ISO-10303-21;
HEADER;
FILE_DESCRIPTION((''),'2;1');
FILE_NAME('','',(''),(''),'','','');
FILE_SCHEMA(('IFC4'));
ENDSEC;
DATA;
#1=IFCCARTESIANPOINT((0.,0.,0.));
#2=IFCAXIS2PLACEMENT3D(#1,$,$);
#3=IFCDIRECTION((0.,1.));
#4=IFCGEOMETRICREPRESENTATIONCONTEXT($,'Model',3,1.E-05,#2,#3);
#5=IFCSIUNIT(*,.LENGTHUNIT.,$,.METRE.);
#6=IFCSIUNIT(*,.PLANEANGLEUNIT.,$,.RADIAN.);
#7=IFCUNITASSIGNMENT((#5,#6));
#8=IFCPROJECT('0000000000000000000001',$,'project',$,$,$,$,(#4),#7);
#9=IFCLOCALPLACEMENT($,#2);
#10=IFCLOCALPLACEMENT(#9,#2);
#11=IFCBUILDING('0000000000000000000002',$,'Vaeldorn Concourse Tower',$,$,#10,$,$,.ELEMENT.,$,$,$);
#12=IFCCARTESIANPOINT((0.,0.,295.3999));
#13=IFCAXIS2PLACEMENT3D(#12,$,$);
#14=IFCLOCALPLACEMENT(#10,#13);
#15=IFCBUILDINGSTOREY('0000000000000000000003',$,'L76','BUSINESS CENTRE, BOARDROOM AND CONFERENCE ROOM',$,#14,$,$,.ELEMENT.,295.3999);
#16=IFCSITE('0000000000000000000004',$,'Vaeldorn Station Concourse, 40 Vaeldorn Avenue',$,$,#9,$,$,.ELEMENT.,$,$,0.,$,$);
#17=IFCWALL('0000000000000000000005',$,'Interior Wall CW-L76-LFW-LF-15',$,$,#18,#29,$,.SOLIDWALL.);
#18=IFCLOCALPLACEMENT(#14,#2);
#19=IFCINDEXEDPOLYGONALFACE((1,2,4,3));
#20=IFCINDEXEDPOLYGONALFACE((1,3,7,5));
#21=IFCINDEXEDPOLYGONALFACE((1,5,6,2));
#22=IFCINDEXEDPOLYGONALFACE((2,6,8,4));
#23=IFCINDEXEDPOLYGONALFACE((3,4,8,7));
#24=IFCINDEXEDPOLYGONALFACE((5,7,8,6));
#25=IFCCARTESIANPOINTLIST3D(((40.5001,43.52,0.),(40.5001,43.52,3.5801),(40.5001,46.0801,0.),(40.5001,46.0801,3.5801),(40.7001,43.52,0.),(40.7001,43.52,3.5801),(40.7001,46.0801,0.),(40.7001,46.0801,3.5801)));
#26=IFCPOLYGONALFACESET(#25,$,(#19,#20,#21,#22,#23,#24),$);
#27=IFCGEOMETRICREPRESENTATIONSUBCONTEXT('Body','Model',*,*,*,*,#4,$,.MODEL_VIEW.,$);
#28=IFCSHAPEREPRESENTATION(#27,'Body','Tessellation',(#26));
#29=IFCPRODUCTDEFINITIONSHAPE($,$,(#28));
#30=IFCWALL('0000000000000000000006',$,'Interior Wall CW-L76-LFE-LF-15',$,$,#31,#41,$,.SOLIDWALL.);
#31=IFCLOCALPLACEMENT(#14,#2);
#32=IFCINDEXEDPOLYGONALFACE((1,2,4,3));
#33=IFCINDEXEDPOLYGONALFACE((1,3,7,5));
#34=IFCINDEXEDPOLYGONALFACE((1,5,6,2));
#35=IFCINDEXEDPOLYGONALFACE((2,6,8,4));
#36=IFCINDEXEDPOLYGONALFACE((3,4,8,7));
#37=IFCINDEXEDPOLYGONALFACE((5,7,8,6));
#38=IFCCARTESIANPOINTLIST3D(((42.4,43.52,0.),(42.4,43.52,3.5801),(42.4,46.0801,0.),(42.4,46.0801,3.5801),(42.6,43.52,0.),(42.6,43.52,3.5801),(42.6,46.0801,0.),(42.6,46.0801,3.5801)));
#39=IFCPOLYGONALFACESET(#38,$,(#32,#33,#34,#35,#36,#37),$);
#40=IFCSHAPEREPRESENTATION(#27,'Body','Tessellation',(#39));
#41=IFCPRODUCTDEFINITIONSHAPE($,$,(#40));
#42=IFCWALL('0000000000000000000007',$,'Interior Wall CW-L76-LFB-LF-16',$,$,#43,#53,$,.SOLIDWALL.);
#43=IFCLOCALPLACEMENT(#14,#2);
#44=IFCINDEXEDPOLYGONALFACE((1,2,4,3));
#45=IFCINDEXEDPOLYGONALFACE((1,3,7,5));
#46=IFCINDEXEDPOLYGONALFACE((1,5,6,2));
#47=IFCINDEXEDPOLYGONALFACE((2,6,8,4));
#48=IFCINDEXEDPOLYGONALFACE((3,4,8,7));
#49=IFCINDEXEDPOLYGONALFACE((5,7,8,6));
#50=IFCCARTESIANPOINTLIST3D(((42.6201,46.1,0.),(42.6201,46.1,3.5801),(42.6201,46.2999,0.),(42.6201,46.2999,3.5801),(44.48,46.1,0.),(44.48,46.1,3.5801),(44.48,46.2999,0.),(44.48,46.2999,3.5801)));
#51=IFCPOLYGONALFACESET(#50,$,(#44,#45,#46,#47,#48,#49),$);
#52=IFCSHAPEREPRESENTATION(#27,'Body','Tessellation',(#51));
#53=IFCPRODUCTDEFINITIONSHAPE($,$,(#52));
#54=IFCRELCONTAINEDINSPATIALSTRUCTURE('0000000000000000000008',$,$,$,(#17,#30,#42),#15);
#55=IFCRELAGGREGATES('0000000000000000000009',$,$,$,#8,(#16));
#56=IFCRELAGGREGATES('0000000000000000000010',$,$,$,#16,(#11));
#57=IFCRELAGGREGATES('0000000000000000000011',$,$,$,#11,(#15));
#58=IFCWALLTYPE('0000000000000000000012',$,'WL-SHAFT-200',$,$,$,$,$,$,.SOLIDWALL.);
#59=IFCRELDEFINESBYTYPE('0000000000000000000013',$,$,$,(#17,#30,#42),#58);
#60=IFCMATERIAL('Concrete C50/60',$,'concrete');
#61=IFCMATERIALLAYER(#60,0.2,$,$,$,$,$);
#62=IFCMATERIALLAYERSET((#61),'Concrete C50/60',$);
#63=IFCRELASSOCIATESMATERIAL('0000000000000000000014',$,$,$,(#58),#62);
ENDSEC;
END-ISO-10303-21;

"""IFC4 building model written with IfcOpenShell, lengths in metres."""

from ifc_helpers import new_model, si_unit, direction, frame, frame_2d, origin, place, context, subcontext, project, spatial, rectangle, extrude, material, layer, layer_set, type_object, element, save


model = new_model("IFC4")

# Units and contexts
model_context = context("Model", 3, precision=1e-05, world=origin(), true_north=direction((0.0, 1.0)))
body_context = subcontext(model_context, "Body", "Model", "MODEL_VIEW")
ifc_project = project(units=[si_unit("LENGTHUNIT", "METRE"), si_unit("PLANEANGLEUNIT", "RADIAN")], contexts=[model_context])

# Site, building, storey
site_placement = place(None, origin())
site = spatial("IfcSite", under=ifc_project, at=site_placement, Name="Vaeldorn Station Concourse, 40 Vaeldorn Avenue", CompositionType="ELEMENT", RefElevation=0.0)
building_placement = place(site_placement, origin())
building = spatial("IfcBuilding", under=site, at=building_placement, Name="Vaeldorn Concourse Tower", CompositionType="ELEMENT")
storey_placement = place(building_placement, frame((0.0, 0.0, 295.3999)))
storey = spatial("IfcBuildingStorey", under=building, at=storey_placement, Name="L76", Description="BUSINESS CENTRE, BOARDROOM AND CONFERENCE ROOM", CompositionType="ELEMENT", Elevation=295.3999)

# Shared definitions
ifc_material_1 = material(Name="Concrete C50/60", Category="concrete")

# Shared definitions
ifc_layer_1 = layer(ifc_material_1, 0.2)
ifc_layer_set_1 = layer_set([ifc_layer_1], Name="Concrete C50/60")
wall_type_1 = type_object("IfcWallType", Name="WL-SHAFT-200", PredefinedType="SOLIDWALL", material=ifc_layer_set_1)

# Walls
for number, where, z_axis, x_axis, name in (
    (1, (40.6001, 43.52, 0.0), (0.0, 0.0, 1.0), (0.0, 1.0, 0.0), "Interior Wall CW-L76-LFW-LF-15"),
    (2, (42.5, 43.52, 0.0), (0.0, 0.0, 1.0), (0.0, 1.0, 0.0), "Interior Wall CW-L76-LFE-LF-15"),
):
    element("IfcWall", number, at=place(storey_placement, frame(where, z_axis=z_axis, x_axis=x_axis)), inside=storey, type_object=wall_type_1, Name=name, PredefinedType="SOLIDWALL", context=body_context, shape_type="SweptSolid", body=[
        extrude(rectangle(XDim=2.5601, YDim=0.2, at=frame_2d((1.28, 0.0))), origin(), (0.0, 0.0, 1.0), 3.5801),
    ])

# Wall
wall_1_placement = place(storey_placement, frame((42.6201, 46.2, 0.0), z_axis=(0.0, 0.0, 1.0), x_axis=(1.0, 0.0, 0.0)))
element("IfcWall", 3, at=wall_1_placement, inside=storey, type_object=wall_type_1, Name="Interior Wall CW-L76-LFB-LF-16", PredefinedType="SOLIDWALL", context=body_context, shape_type="SweptSolid", body=[
    extrude(rectangle(XDim=1.8599, YDim=0.2, at=frame_2d((0.9299, 0.0))), origin(), (0.0, 0.0, 1.0), 3.5801),
])

save(model, "model.ifc")
